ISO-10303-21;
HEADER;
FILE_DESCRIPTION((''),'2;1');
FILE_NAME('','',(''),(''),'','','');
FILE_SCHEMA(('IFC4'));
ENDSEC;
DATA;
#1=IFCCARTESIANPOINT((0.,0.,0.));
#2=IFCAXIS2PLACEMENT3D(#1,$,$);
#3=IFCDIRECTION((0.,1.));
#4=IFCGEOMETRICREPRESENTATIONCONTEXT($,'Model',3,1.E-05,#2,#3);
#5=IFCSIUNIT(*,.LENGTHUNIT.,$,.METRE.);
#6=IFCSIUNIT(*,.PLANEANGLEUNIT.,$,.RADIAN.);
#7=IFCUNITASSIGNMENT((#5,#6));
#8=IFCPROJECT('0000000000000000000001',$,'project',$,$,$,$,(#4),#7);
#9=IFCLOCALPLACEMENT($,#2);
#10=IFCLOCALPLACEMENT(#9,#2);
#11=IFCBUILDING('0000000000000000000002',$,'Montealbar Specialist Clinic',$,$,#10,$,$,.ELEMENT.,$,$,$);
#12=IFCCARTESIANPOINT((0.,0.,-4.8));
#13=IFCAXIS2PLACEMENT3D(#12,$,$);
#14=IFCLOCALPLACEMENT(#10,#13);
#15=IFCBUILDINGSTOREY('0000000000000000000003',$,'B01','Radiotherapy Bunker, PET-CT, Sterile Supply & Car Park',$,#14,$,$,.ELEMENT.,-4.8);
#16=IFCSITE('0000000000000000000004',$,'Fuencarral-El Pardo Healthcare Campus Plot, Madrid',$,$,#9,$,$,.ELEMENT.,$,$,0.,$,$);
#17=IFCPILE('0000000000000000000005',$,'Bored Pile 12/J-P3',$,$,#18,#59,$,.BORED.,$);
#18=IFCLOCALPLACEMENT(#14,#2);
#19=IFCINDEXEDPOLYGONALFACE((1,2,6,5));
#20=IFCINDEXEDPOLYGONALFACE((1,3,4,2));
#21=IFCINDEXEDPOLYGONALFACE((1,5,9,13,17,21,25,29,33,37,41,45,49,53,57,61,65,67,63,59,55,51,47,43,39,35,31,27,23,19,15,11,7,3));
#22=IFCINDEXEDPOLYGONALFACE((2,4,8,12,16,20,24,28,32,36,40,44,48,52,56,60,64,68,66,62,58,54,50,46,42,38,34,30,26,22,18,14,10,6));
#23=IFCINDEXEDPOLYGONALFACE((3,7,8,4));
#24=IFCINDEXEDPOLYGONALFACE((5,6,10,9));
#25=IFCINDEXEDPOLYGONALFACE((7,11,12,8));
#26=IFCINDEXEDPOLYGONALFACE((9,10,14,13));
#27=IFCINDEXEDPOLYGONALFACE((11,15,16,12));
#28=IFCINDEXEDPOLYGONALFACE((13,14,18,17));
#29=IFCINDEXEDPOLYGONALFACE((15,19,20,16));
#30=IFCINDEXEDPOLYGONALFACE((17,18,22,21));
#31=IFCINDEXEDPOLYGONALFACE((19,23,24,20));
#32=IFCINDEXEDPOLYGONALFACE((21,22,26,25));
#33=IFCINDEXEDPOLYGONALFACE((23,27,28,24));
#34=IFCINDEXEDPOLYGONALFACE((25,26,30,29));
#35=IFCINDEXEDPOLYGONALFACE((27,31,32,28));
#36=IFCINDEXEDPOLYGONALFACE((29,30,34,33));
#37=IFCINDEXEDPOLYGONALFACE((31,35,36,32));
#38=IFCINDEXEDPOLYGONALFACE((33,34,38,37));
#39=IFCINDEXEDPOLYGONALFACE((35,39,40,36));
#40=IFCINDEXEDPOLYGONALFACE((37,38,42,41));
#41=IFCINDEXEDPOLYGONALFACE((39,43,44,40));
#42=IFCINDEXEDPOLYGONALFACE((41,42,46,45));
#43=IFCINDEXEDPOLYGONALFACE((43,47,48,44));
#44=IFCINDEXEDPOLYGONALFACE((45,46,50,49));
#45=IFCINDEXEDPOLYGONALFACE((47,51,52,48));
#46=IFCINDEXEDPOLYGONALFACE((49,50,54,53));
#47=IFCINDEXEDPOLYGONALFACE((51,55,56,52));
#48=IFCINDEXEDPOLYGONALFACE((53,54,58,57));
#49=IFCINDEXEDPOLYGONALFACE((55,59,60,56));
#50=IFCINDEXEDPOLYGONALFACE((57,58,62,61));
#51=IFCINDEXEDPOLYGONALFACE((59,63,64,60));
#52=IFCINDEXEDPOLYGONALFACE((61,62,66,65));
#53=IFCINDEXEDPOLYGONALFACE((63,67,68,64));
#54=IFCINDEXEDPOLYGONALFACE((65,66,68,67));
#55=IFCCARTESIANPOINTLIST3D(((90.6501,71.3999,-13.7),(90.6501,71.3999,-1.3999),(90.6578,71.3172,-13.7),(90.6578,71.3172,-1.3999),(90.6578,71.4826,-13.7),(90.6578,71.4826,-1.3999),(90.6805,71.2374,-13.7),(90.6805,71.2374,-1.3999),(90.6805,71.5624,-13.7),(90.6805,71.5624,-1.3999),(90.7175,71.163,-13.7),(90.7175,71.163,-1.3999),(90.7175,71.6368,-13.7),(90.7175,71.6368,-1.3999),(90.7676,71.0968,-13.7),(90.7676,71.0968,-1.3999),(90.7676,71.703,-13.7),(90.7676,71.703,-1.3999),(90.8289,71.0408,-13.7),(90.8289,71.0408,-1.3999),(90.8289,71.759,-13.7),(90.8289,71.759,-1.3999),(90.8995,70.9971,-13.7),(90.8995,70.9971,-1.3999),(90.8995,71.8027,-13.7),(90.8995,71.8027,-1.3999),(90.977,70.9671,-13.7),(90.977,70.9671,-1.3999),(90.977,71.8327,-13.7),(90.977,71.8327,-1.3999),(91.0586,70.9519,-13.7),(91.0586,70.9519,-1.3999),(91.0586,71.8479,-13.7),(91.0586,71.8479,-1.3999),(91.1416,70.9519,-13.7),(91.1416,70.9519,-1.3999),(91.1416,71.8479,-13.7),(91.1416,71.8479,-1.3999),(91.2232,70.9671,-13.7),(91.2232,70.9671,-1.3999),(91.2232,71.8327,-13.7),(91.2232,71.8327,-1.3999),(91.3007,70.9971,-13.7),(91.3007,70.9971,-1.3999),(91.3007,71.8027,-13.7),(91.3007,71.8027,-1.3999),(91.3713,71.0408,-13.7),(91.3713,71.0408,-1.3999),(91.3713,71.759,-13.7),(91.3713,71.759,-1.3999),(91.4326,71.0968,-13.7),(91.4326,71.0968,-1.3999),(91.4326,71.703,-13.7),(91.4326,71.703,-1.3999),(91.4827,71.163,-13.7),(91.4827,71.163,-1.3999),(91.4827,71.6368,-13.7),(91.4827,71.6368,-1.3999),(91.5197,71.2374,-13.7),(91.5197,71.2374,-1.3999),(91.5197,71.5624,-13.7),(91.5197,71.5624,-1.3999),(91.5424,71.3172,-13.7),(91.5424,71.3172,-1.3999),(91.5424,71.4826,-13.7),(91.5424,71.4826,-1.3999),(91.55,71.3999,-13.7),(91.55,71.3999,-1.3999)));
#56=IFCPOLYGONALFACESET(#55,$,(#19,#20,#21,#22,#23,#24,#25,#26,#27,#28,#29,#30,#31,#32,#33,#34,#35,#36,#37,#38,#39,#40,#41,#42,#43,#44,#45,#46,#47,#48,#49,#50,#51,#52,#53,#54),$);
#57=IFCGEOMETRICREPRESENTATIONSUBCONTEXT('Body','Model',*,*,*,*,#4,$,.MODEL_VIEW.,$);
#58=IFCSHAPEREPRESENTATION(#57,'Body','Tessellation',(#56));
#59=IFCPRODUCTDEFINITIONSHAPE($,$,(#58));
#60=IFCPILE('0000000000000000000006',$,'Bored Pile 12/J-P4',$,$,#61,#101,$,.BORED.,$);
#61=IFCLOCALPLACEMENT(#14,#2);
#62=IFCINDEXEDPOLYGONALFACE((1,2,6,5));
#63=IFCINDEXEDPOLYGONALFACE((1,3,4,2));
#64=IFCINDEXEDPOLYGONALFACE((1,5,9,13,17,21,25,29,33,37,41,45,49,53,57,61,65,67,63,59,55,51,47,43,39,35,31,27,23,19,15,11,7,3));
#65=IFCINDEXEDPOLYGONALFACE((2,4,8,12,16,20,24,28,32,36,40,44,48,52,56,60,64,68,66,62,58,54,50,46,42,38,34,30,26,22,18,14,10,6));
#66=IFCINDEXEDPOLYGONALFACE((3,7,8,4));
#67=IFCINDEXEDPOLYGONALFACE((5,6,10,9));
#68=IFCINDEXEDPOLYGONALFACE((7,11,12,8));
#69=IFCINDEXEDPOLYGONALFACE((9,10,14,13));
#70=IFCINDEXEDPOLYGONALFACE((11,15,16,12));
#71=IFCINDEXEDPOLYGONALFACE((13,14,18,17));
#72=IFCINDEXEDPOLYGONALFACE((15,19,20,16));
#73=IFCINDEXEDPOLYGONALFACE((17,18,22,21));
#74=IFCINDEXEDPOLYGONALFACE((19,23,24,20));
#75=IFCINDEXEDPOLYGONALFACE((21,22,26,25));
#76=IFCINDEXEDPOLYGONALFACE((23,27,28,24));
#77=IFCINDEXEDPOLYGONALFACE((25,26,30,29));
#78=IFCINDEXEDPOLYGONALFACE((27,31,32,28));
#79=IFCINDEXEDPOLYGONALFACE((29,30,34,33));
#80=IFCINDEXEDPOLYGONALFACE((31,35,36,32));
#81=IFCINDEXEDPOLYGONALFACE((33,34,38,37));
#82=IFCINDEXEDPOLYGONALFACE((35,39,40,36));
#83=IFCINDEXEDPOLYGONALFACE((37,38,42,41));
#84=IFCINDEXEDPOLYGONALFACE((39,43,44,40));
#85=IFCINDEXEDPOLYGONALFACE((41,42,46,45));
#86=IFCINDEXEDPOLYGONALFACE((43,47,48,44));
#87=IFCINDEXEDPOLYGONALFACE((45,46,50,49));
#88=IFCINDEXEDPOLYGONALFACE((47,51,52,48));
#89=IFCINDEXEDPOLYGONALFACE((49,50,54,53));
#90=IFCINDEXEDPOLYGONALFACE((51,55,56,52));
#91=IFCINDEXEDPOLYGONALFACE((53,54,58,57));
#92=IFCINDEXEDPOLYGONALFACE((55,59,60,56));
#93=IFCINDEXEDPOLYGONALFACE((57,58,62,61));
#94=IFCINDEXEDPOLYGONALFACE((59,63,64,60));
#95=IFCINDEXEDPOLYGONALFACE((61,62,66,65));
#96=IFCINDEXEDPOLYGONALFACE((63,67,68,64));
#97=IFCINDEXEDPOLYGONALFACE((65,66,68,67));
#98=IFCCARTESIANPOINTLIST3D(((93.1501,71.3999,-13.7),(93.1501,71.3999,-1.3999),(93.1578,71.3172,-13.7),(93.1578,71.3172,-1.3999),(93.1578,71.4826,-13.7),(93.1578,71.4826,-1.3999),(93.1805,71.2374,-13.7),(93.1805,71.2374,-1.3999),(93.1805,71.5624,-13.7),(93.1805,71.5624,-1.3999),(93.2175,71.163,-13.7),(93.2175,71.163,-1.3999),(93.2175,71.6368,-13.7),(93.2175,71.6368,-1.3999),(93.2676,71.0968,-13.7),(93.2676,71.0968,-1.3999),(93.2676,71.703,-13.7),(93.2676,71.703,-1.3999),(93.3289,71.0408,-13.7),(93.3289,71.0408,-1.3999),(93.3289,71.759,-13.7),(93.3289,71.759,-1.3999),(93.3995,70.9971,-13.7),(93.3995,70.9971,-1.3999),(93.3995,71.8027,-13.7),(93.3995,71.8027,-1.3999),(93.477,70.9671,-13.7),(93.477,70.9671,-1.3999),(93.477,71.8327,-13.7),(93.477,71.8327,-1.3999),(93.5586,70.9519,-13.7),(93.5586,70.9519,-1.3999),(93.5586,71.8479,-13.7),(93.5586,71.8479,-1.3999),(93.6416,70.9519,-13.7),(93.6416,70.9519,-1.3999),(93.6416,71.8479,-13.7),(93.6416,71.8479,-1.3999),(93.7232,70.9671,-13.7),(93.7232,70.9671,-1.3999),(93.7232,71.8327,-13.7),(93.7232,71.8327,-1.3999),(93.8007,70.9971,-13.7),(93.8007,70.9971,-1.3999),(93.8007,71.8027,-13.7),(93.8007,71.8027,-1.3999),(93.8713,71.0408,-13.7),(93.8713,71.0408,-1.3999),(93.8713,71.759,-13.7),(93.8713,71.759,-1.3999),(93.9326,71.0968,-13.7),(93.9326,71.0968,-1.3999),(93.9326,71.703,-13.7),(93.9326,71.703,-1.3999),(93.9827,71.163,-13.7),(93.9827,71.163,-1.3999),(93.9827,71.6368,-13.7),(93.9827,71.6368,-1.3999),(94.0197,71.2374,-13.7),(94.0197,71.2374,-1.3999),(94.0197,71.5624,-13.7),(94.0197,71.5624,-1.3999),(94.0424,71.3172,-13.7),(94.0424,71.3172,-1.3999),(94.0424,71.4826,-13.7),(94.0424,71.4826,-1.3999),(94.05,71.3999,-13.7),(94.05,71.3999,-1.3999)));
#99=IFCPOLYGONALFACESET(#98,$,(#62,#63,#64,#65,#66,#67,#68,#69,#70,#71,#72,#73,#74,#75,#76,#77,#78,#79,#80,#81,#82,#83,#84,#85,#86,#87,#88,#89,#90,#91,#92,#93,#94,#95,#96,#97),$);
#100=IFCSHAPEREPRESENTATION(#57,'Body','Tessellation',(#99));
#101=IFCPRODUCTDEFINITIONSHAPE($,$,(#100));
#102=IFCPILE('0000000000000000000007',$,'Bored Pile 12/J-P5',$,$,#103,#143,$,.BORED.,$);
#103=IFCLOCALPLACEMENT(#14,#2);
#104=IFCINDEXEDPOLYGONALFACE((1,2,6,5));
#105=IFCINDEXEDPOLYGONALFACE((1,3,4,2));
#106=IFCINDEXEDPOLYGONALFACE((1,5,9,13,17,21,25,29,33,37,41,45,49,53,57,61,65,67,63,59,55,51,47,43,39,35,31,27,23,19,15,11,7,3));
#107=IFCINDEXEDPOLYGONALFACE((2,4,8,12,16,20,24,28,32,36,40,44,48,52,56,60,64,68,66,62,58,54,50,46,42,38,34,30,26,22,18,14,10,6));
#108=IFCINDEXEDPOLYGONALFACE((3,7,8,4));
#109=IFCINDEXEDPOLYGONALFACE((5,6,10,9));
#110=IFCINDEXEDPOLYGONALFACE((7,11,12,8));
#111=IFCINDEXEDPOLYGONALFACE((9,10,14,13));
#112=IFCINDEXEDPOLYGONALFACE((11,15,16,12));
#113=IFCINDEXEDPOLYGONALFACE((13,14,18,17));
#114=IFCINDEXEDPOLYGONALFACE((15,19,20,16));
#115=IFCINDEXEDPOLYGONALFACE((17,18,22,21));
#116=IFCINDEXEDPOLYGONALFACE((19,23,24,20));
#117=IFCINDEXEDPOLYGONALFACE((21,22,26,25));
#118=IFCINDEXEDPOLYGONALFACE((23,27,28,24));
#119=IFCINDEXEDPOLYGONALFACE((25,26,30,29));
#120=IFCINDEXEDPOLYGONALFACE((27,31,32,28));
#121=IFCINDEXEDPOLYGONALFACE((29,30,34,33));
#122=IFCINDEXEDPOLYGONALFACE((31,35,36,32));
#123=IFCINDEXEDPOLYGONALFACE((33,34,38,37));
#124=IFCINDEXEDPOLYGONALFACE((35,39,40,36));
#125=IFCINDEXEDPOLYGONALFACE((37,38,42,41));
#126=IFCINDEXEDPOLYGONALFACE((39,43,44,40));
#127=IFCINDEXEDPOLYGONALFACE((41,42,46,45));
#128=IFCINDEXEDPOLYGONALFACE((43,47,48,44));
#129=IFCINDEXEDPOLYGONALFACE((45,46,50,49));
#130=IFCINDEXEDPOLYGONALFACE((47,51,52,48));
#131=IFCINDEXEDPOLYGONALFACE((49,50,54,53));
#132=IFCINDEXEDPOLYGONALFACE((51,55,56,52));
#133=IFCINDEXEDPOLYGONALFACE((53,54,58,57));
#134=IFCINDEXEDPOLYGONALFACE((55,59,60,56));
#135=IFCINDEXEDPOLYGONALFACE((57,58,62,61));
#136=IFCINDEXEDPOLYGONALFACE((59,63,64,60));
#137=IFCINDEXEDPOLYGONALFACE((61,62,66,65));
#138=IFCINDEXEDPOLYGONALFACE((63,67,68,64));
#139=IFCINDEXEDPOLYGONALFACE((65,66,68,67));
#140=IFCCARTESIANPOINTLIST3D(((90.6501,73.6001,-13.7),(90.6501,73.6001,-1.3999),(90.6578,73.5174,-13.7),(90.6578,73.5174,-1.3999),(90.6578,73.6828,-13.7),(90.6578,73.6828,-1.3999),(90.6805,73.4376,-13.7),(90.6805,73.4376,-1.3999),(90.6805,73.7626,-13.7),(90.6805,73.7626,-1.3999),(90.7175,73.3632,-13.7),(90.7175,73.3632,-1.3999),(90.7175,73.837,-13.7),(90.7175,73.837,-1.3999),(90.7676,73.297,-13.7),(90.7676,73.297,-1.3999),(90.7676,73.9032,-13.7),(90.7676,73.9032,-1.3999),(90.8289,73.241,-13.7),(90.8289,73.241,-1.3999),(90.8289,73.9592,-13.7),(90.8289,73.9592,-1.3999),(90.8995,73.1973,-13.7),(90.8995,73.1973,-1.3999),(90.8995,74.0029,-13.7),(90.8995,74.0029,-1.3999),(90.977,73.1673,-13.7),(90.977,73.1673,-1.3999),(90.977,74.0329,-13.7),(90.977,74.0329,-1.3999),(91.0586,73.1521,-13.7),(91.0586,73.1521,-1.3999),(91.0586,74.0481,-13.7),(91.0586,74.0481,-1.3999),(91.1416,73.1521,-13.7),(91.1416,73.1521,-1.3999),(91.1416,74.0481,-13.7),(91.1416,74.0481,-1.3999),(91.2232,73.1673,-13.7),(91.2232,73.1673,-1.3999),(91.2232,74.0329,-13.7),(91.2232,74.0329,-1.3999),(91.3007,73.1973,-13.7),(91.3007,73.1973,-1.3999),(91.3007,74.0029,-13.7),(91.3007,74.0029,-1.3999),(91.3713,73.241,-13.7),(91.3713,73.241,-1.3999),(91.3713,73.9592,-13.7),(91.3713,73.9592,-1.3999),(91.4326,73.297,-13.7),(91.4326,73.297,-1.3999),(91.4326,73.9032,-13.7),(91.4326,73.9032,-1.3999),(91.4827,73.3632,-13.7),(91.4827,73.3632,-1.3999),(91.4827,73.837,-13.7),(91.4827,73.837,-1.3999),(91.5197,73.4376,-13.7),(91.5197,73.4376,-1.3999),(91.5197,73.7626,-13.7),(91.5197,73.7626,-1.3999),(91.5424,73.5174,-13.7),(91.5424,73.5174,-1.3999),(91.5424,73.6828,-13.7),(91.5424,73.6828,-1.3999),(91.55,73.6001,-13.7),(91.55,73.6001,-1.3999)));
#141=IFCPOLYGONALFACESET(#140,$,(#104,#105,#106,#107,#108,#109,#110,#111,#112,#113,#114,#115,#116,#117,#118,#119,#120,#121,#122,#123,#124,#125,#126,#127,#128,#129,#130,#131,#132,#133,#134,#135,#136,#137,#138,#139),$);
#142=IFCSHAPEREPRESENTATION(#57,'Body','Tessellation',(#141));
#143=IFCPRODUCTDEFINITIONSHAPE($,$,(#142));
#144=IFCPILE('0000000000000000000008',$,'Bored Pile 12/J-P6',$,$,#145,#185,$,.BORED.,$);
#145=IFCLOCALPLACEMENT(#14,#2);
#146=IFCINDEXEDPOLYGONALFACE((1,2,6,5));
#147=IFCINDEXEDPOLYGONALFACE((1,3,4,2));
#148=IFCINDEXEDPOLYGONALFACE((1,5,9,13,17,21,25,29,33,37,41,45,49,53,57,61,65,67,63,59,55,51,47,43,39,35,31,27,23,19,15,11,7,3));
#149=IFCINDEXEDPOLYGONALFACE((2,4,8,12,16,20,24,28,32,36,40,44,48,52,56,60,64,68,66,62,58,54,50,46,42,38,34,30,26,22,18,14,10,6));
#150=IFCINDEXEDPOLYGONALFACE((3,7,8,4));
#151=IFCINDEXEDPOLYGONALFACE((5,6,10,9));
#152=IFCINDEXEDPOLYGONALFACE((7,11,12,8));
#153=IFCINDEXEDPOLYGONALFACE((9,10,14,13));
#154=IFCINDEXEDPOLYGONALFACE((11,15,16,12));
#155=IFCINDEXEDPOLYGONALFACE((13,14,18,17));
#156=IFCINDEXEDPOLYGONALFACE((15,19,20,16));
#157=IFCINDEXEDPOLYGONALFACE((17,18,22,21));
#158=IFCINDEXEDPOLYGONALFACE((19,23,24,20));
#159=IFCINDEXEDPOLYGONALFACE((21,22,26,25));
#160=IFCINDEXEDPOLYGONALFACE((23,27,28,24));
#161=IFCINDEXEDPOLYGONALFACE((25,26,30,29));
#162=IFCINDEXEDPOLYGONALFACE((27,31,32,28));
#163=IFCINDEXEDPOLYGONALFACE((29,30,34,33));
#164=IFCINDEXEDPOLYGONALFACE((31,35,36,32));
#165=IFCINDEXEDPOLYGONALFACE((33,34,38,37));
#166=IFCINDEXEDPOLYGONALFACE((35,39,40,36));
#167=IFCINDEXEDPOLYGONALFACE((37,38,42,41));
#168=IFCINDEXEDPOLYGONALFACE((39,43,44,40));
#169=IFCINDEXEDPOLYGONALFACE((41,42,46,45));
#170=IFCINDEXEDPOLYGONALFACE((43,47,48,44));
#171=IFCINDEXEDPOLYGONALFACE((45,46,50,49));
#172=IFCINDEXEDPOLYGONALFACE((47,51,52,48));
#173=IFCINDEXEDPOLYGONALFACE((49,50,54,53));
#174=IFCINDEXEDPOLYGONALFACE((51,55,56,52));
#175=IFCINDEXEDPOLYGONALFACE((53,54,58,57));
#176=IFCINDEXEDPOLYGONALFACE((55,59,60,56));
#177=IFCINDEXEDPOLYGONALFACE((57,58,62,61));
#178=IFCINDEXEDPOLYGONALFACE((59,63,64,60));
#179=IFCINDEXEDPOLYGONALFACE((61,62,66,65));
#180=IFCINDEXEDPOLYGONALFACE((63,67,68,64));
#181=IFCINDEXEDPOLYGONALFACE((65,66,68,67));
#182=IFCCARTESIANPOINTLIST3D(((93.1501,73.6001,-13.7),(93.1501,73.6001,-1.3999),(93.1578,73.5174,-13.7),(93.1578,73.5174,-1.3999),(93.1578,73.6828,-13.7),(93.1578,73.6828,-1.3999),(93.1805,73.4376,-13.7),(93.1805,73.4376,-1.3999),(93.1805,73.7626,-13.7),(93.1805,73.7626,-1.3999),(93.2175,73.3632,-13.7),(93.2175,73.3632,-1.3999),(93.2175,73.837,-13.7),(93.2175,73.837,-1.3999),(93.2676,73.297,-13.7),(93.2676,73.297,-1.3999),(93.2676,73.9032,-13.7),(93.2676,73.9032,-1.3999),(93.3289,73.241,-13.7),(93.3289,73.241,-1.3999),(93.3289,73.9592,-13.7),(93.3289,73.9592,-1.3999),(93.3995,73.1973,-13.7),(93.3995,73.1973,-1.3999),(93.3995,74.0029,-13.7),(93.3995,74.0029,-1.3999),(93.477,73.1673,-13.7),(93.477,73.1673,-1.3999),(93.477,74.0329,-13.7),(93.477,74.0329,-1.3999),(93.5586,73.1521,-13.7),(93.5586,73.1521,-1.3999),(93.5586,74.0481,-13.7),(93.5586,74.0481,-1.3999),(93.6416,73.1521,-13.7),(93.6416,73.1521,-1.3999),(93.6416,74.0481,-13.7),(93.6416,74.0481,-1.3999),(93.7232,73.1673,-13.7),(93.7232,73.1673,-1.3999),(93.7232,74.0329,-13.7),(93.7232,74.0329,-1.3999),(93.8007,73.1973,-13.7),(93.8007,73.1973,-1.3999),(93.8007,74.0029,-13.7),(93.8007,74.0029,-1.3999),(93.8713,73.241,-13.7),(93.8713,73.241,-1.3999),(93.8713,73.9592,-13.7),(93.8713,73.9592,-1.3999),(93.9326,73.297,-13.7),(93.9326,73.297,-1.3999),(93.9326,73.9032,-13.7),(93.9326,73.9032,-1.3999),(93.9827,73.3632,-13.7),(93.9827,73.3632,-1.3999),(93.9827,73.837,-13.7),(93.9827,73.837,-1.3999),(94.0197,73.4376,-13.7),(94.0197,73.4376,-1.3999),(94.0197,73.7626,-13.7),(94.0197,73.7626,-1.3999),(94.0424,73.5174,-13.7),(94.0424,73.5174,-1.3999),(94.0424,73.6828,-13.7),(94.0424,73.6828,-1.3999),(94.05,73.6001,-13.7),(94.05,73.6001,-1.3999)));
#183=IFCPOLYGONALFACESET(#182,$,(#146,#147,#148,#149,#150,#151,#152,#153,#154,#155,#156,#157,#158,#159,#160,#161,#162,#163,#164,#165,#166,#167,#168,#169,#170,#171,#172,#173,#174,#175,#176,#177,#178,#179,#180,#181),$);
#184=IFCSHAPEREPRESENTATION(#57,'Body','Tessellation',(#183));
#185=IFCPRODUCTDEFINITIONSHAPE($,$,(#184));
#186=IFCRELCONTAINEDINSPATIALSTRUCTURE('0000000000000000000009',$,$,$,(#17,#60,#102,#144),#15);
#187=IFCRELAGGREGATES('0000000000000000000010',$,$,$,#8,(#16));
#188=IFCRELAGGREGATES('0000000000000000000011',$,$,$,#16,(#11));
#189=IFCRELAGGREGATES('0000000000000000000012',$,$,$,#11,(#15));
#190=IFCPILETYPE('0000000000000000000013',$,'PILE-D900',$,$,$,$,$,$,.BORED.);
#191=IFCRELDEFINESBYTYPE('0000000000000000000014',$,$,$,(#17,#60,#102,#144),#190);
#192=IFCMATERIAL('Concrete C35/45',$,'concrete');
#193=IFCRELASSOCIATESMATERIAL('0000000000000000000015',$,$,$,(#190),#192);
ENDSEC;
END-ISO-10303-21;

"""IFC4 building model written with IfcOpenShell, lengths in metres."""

from ifc_helpers import new_model, si_unit, direction, frame, origin, origin_2d, place, context, subcontext, project, spatial, circle, extrude, material, material_profile, profile_set, type_object, element, save


model = new_model("IFC4")

# Units and contexts
model_context = context("Model", 3, precision=1e-05, world=origin(), true_north=direction((0.0, 1.0)))
body_context = subcontext(model_context, "Body", "Model", "MODEL_VIEW")
ifc_project = project(units=[si_unit("LENGTHUNIT", "METRE"), si_unit("PLANEANGLEUNIT", "RADIAN")], contexts=[model_context])

# Site, building, storey
site_placement = place(None, origin())
site = spatial("IfcSite", under=ifc_project, at=site_placement, Name="Fuencarral-El Pardo Healthcare Campus Plot, Madrid", CompositionType="ELEMENT", RefElevation=0.0)
building_placement = place(site_placement, origin())
building = spatial("IfcBuilding", under=site, at=building_placement, Name="Montealbar Specialist Clinic", CompositionType="ELEMENT")
storey_placement = place(building_placement, frame((0.0, 0.0, -4.8)))
storey = spatial("IfcBuildingStorey", under=building, at=storey_placement, Name="B01", Description="Radiotherapy Bunker, PET-CT, Sterile Supply & Car Park", CompositionType="ELEMENT", Elevation=-4.8)

# Shared definitions
ifc_material_1 = material(Name="Concrete C35/45", Category="concrete")

# Piles
ifc_material_profile_1 = material_profile(ifc_material_1, circle(Radius=0.45, at=origin_2d()), Name="PILE D900", Category="concrete")
ifc_profile_set_1 = profile_set([ifc_material_profile_1], Name="Concrete C35/45")
pile_type_1 = type_object("IfcPileType", Name="PILE-D900", PredefinedType="BORED", material=ifc_profile_set_1)
for number, where, z_axis, x_axis, name in (
    (1, (91.1001, 71.3999, -1.3999), (0.0, 0.0, -1.0), (1.0, 0.0, 0.0), "Bored Pile 12/J-P3"),
    (2, (93.6001, 71.3999, -1.3999), (0.0, 0.0, -1.0), (1.0, 0.0, 0.0), "Bored Pile 12/J-P4"),
    (3, (91.1001, 73.6001, -1.3999), (0.0, 0.0, -1.0), (1.0, 0.0, 0.0), "Bored Pile 12/J-P5"),
    (4, (93.6001, 73.6001, -1.3999), (0.0, 0.0, -1.0), (1.0, 0.0, 0.0), "Bored Pile 12/J-P6"),
):
    element("IfcPile", number, at=place(storey_placement, frame(where, z_axis=z_axis, x_axis=x_axis)), inside=storey, type_object=pile_type_1, Name=name, PredefinedType="BORED", context=body_context, shape_type="SweptSolid", body=[
        extrude(circle(Radius=0.45, at=origin_2d()), origin(), (0.0, 0.0, 1.0), 12.3),
    ])

save(model, "model.ifc")
